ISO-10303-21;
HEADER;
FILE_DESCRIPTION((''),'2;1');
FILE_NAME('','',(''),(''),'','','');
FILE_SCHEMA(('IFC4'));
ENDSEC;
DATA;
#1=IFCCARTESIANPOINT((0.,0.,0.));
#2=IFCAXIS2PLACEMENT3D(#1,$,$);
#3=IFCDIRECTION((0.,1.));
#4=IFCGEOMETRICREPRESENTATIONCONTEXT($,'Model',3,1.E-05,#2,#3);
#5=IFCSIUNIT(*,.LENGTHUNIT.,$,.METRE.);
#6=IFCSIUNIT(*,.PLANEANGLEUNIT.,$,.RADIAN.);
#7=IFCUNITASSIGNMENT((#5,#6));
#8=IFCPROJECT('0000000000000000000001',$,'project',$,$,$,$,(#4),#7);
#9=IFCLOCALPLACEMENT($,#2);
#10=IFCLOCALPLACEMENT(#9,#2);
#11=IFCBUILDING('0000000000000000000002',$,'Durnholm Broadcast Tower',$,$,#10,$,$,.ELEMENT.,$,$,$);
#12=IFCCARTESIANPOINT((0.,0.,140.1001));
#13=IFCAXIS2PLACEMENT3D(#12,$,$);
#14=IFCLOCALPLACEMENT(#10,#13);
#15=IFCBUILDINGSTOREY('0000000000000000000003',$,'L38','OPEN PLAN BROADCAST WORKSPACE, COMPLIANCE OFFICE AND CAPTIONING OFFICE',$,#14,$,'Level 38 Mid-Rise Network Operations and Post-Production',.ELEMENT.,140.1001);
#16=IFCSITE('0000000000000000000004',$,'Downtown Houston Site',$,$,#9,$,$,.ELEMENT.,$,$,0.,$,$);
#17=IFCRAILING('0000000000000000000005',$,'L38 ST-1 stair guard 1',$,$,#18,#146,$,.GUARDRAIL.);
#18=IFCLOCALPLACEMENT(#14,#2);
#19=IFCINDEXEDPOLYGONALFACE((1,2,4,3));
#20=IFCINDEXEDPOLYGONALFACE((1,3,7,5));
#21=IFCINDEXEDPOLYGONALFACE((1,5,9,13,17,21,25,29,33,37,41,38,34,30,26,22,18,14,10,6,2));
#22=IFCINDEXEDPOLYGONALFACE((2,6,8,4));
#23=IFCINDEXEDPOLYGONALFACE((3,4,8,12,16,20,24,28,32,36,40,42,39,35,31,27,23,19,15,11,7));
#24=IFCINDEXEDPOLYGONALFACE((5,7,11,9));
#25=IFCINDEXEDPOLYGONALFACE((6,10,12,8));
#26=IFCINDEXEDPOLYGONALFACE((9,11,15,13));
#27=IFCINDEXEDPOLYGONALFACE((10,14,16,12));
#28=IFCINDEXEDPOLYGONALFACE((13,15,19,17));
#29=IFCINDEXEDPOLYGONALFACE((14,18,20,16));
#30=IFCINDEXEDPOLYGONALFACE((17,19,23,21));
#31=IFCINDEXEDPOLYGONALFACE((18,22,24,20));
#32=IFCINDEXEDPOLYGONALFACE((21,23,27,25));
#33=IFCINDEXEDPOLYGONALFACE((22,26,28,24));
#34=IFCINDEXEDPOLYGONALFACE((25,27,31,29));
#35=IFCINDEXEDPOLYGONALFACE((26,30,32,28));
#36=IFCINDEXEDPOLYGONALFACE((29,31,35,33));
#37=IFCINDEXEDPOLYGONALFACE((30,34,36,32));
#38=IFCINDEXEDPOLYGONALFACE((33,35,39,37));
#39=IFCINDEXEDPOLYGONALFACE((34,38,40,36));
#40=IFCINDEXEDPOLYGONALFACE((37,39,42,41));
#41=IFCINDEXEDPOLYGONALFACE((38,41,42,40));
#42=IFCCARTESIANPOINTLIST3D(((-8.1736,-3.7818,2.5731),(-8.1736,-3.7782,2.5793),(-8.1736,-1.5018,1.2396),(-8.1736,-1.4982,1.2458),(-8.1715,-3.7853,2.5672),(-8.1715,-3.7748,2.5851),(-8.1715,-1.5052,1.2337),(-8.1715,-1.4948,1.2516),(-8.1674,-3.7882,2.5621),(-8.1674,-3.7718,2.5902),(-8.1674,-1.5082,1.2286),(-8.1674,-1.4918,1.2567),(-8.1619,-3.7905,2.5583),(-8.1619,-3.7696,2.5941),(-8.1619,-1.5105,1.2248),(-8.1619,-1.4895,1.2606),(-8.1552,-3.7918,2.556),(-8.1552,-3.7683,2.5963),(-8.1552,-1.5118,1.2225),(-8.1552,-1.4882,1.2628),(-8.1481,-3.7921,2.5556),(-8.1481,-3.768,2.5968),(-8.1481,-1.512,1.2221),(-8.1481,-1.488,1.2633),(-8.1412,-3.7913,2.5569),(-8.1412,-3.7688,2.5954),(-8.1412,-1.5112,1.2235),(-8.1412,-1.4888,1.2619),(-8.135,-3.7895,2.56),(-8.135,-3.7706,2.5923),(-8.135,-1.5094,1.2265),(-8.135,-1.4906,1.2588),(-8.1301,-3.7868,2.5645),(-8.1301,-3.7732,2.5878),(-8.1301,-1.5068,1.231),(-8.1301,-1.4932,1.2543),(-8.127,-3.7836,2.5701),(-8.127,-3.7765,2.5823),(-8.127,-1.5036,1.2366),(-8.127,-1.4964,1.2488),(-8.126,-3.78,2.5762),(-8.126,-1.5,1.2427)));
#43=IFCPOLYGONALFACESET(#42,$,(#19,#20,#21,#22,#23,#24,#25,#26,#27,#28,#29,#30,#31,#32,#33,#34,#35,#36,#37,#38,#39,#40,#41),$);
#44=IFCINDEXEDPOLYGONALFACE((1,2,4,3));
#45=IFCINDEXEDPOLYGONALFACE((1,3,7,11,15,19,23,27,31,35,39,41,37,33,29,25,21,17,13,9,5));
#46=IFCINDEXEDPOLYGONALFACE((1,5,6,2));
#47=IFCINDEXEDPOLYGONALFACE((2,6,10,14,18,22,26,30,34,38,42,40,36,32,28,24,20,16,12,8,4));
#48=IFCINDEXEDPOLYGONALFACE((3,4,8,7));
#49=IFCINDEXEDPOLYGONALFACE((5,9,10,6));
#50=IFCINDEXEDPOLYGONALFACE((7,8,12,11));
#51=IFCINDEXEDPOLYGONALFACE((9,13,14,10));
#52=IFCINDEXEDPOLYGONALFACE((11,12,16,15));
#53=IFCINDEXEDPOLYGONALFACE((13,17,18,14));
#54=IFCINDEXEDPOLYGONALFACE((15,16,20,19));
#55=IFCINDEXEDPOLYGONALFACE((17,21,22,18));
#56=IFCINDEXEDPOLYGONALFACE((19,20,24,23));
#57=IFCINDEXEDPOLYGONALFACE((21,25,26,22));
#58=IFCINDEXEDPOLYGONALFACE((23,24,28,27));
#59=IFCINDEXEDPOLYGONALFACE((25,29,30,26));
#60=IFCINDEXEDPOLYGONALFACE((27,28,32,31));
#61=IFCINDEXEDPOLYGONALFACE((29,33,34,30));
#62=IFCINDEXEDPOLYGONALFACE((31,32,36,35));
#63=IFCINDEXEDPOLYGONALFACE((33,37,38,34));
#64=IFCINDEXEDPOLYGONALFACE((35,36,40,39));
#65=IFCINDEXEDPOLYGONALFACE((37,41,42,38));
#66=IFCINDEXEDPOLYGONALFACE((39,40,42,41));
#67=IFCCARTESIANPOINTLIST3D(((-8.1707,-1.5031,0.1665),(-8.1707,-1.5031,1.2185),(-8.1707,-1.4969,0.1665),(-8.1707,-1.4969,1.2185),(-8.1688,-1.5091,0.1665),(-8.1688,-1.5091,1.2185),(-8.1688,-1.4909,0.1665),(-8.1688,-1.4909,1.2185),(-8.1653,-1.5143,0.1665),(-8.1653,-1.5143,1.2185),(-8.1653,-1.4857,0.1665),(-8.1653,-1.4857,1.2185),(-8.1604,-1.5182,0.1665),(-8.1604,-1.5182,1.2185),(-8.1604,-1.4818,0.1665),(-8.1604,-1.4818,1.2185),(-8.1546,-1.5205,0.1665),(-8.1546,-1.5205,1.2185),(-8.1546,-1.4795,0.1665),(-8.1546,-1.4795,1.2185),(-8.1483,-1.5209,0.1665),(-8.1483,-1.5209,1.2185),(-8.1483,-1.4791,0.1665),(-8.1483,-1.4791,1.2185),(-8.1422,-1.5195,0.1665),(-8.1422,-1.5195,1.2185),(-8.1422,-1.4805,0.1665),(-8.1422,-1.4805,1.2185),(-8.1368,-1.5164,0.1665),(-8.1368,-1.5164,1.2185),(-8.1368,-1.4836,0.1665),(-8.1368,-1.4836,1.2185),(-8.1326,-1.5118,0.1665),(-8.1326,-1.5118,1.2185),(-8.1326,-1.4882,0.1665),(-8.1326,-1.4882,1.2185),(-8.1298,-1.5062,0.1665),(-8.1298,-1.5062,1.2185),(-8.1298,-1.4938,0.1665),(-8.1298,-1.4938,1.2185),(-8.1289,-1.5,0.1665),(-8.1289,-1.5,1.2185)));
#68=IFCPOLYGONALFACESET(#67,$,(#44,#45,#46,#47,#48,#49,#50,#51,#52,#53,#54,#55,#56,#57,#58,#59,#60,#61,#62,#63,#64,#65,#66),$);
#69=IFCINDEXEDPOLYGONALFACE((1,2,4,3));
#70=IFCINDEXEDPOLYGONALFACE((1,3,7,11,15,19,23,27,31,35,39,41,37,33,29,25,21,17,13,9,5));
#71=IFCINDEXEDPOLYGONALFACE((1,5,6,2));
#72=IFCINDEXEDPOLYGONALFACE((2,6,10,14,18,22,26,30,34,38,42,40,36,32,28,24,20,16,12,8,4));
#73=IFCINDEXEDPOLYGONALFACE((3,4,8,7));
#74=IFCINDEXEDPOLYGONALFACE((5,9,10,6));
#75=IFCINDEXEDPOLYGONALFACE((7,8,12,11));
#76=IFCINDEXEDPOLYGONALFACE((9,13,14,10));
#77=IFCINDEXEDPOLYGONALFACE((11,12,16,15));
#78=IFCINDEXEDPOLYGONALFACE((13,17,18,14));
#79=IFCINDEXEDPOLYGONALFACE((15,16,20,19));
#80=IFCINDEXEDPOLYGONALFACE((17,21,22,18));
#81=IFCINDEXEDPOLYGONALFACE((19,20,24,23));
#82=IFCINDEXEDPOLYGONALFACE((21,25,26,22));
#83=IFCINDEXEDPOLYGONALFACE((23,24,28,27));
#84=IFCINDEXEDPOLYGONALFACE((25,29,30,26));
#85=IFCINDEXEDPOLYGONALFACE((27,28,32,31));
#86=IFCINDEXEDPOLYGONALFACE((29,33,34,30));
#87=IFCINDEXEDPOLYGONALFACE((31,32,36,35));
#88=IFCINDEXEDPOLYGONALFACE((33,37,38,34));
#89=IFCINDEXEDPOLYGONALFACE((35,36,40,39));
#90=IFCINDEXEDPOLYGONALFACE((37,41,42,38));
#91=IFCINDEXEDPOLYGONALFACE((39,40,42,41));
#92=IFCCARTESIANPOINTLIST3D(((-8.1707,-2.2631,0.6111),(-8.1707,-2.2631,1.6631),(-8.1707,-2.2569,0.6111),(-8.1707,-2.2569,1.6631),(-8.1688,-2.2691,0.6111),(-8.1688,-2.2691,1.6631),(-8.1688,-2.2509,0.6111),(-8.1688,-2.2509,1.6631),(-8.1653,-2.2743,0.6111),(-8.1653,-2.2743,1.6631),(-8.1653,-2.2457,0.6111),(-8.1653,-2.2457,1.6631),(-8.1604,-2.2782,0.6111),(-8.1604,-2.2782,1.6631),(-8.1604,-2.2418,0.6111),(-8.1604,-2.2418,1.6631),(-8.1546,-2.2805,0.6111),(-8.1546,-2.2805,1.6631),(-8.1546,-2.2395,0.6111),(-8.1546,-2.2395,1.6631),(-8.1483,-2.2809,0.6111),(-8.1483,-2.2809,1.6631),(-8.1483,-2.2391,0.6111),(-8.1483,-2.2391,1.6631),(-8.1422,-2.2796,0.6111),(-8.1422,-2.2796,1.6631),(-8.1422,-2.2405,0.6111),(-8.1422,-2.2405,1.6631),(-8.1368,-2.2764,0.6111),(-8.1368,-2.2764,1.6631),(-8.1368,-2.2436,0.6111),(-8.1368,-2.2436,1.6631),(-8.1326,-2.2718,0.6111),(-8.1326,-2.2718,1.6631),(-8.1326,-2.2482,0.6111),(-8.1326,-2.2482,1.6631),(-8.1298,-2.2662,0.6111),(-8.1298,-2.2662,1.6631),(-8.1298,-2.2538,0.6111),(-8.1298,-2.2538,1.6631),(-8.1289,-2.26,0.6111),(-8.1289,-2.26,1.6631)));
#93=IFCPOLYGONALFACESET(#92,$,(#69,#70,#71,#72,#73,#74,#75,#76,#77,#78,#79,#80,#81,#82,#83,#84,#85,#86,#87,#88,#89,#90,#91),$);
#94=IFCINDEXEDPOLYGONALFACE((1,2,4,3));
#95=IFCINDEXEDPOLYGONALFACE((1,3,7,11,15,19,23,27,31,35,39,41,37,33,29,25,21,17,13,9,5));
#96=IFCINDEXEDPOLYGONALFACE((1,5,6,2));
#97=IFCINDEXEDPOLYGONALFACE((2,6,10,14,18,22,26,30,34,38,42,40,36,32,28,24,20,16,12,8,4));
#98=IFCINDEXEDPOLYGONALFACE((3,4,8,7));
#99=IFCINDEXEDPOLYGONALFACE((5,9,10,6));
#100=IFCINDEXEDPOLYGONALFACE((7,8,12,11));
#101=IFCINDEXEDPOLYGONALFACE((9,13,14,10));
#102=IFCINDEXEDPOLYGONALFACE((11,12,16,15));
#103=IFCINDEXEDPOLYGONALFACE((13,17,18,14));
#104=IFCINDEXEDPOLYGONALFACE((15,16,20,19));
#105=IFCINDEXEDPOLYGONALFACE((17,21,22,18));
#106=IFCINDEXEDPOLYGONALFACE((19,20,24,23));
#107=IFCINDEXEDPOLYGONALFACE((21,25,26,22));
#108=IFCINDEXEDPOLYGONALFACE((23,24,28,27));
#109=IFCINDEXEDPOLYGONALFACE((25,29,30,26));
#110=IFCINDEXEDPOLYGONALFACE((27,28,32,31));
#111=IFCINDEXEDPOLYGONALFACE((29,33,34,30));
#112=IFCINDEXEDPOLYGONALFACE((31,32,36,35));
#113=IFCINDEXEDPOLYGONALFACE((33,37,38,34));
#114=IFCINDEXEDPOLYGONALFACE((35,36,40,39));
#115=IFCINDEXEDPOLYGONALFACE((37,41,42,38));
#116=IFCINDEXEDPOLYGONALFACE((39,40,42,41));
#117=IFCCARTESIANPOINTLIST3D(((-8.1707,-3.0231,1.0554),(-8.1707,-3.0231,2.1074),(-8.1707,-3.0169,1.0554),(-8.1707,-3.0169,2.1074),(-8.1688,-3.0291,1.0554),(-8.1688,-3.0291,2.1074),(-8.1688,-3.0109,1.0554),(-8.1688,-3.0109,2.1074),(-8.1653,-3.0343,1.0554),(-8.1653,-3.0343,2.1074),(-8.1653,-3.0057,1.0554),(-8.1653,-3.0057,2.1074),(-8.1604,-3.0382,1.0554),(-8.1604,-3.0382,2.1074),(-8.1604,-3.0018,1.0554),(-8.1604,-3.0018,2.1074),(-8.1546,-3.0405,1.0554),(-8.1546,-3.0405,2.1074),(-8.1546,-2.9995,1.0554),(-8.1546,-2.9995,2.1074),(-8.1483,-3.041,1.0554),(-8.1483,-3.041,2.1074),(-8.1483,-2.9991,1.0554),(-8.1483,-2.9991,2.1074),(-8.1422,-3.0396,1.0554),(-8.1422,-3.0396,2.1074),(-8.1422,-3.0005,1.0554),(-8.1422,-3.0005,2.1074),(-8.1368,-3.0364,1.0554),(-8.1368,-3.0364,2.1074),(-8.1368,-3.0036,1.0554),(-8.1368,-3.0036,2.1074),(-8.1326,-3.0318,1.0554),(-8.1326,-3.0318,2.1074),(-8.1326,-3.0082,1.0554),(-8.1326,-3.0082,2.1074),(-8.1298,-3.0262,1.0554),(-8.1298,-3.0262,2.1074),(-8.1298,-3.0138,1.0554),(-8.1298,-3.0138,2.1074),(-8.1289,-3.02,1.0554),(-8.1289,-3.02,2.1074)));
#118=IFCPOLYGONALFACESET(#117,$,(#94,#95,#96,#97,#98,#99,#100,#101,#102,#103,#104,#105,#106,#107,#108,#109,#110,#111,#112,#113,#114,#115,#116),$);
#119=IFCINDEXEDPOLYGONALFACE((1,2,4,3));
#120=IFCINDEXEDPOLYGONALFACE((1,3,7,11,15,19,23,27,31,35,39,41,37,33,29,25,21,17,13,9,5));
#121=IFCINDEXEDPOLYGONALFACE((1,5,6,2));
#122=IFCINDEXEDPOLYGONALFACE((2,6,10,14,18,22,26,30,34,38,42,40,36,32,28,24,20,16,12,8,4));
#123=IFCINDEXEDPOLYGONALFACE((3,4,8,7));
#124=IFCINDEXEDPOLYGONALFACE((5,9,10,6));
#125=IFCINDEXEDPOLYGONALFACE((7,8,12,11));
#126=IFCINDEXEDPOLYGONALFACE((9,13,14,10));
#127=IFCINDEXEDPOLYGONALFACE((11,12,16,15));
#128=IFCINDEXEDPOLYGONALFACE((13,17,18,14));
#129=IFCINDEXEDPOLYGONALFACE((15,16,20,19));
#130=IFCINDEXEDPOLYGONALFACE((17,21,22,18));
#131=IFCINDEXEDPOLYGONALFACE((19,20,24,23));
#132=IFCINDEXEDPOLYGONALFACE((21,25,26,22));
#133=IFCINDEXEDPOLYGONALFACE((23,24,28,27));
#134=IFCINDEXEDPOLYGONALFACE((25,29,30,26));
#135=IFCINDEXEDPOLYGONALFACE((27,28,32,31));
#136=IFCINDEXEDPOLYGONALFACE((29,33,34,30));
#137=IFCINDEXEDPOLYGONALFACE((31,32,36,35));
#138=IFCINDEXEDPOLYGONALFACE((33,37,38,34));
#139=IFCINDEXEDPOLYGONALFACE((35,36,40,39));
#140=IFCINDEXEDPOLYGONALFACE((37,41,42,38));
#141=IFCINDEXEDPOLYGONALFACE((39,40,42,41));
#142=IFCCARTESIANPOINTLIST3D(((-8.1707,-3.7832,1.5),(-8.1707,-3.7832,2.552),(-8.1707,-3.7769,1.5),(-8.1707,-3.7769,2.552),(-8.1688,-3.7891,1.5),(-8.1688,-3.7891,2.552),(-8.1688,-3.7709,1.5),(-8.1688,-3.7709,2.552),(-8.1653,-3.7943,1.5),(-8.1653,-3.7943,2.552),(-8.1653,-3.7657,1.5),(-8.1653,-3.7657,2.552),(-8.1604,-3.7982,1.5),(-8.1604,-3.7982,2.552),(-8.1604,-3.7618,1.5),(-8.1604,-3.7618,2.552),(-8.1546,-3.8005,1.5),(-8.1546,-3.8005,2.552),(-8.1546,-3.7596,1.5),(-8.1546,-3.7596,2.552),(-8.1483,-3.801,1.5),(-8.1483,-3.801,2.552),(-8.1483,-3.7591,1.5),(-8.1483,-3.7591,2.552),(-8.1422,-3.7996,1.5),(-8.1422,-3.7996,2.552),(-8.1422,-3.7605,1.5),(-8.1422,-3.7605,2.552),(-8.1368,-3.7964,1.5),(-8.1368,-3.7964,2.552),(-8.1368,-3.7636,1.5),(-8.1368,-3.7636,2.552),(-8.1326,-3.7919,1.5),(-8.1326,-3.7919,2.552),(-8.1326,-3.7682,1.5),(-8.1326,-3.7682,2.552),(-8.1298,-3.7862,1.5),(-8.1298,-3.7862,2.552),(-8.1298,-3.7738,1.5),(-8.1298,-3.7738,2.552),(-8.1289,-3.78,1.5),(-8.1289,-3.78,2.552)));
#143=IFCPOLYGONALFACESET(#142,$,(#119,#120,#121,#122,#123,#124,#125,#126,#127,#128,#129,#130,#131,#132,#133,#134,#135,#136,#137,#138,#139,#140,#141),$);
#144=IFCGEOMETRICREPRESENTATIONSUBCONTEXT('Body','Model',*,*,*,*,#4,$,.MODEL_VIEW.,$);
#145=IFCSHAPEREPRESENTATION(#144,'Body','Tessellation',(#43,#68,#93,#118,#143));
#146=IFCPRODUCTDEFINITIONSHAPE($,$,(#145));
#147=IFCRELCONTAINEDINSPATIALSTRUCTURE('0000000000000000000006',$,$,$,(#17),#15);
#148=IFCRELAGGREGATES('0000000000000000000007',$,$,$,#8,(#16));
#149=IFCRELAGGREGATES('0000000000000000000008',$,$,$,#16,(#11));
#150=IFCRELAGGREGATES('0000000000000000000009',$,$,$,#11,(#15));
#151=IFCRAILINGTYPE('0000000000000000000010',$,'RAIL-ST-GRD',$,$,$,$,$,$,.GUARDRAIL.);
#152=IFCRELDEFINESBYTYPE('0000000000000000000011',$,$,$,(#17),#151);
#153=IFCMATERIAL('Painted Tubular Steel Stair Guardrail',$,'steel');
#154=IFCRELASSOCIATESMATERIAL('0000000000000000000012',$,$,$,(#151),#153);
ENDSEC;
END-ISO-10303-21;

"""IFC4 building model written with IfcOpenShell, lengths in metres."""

from ifc_helpers import new_model, si_unit, direction, frame, origin, origin_2d, place, context, subcontext, project, spatial, circle, extrude, material, type_object, element, save


model = new_model("IFC4")

# Units and contexts
model_context = context("Model", 3, precision=1e-05, world=origin(), true_north=direction((0.0, 1.0)))
body_context = subcontext(model_context, "Body", "Model", "MODEL_VIEW")
ifc_project = project(units=[si_unit("LENGTHUNIT", "METRE"), si_unit("PLANEANGLEUNIT", "RADIAN")], contexts=[model_context])

# Site, building, storey
site_placement = place(None, origin())
site = spatial("IfcSite", under=ifc_project, at=site_placement, Name="Downtown Houston Site", CompositionType="ELEMENT", RefElevation=0.0)
building_placement = place(site_placement, origin())
building = spatial("IfcBuilding", under=site, at=building_placement, Name="Durnholm Broadcast Tower", CompositionType="ELEMENT")
storey_placement = place(building_placement, frame((0.0, 0.0, 140.1001)))
storey = spatial("IfcBuildingStorey", under=building, at=storey_placement, Name="L38", Description="OPEN PLAN BROADCAST WORKSPACE, COMPLIANCE OFFICE AND CAPTIONING OFFICE", LongName="Level 38 Mid-Rise Network Operations and Post-Production", CompositionType="ELEMENT", Elevation=140.1001)

# Railing
ifc_material_1 = material(Name="Painted Tubular Steel Stair Guardrail", Category="steel")
railing_type_1 = type_object("IfcRailingType", Name="RAIL-ST-GRD", PredefinedType="GUARDRAIL", material=ifc_material_1)
railing_1_placement = place(storey_placement, frame((-8.1499, -1.5, 0.1665)))
element("IfcRailing", 1, at=railing_1_placement, inside=storey, type_object=railing_type_1, Name="L38 ST-1 stair guard 1", PredefinedType="GUARDRAIL", context=body_context, shape_type="SweptSolid", body=[
    extrude(circle(Radius=0.0239, at=origin_2d()), frame((0.0, 0.0, 1.0762), z_axis=(0.0, -0.863205, 0.504853), x_axis=(1.0, 0.0, 0.0)), (0.0, 0.0, 1.0), 2.6414),
    extrude(circle(Radius=0.021, at=origin_2d()), origin(), (0.0, 0.0, 1.0), 1.052),
    extrude(circle(Radius=0.021, at=origin_2d()), frame((0.0, -0.76, 0.4446)), (0.0, 0.0, 1.0), 1.052),
    extrude(circle(Radius=0.021, at=origin_2d()), frame((0.0, -1.52, 0.8889)), (0.0, 0.0, 1.0), 1.052),
    extrude(circle(Radius=0.021, at=origin_2d()), frame((0.0, -2.28, 1.3335)), (0.0, 0.0, 1.0), 1.052),
])

save(model, "model.ifc")
